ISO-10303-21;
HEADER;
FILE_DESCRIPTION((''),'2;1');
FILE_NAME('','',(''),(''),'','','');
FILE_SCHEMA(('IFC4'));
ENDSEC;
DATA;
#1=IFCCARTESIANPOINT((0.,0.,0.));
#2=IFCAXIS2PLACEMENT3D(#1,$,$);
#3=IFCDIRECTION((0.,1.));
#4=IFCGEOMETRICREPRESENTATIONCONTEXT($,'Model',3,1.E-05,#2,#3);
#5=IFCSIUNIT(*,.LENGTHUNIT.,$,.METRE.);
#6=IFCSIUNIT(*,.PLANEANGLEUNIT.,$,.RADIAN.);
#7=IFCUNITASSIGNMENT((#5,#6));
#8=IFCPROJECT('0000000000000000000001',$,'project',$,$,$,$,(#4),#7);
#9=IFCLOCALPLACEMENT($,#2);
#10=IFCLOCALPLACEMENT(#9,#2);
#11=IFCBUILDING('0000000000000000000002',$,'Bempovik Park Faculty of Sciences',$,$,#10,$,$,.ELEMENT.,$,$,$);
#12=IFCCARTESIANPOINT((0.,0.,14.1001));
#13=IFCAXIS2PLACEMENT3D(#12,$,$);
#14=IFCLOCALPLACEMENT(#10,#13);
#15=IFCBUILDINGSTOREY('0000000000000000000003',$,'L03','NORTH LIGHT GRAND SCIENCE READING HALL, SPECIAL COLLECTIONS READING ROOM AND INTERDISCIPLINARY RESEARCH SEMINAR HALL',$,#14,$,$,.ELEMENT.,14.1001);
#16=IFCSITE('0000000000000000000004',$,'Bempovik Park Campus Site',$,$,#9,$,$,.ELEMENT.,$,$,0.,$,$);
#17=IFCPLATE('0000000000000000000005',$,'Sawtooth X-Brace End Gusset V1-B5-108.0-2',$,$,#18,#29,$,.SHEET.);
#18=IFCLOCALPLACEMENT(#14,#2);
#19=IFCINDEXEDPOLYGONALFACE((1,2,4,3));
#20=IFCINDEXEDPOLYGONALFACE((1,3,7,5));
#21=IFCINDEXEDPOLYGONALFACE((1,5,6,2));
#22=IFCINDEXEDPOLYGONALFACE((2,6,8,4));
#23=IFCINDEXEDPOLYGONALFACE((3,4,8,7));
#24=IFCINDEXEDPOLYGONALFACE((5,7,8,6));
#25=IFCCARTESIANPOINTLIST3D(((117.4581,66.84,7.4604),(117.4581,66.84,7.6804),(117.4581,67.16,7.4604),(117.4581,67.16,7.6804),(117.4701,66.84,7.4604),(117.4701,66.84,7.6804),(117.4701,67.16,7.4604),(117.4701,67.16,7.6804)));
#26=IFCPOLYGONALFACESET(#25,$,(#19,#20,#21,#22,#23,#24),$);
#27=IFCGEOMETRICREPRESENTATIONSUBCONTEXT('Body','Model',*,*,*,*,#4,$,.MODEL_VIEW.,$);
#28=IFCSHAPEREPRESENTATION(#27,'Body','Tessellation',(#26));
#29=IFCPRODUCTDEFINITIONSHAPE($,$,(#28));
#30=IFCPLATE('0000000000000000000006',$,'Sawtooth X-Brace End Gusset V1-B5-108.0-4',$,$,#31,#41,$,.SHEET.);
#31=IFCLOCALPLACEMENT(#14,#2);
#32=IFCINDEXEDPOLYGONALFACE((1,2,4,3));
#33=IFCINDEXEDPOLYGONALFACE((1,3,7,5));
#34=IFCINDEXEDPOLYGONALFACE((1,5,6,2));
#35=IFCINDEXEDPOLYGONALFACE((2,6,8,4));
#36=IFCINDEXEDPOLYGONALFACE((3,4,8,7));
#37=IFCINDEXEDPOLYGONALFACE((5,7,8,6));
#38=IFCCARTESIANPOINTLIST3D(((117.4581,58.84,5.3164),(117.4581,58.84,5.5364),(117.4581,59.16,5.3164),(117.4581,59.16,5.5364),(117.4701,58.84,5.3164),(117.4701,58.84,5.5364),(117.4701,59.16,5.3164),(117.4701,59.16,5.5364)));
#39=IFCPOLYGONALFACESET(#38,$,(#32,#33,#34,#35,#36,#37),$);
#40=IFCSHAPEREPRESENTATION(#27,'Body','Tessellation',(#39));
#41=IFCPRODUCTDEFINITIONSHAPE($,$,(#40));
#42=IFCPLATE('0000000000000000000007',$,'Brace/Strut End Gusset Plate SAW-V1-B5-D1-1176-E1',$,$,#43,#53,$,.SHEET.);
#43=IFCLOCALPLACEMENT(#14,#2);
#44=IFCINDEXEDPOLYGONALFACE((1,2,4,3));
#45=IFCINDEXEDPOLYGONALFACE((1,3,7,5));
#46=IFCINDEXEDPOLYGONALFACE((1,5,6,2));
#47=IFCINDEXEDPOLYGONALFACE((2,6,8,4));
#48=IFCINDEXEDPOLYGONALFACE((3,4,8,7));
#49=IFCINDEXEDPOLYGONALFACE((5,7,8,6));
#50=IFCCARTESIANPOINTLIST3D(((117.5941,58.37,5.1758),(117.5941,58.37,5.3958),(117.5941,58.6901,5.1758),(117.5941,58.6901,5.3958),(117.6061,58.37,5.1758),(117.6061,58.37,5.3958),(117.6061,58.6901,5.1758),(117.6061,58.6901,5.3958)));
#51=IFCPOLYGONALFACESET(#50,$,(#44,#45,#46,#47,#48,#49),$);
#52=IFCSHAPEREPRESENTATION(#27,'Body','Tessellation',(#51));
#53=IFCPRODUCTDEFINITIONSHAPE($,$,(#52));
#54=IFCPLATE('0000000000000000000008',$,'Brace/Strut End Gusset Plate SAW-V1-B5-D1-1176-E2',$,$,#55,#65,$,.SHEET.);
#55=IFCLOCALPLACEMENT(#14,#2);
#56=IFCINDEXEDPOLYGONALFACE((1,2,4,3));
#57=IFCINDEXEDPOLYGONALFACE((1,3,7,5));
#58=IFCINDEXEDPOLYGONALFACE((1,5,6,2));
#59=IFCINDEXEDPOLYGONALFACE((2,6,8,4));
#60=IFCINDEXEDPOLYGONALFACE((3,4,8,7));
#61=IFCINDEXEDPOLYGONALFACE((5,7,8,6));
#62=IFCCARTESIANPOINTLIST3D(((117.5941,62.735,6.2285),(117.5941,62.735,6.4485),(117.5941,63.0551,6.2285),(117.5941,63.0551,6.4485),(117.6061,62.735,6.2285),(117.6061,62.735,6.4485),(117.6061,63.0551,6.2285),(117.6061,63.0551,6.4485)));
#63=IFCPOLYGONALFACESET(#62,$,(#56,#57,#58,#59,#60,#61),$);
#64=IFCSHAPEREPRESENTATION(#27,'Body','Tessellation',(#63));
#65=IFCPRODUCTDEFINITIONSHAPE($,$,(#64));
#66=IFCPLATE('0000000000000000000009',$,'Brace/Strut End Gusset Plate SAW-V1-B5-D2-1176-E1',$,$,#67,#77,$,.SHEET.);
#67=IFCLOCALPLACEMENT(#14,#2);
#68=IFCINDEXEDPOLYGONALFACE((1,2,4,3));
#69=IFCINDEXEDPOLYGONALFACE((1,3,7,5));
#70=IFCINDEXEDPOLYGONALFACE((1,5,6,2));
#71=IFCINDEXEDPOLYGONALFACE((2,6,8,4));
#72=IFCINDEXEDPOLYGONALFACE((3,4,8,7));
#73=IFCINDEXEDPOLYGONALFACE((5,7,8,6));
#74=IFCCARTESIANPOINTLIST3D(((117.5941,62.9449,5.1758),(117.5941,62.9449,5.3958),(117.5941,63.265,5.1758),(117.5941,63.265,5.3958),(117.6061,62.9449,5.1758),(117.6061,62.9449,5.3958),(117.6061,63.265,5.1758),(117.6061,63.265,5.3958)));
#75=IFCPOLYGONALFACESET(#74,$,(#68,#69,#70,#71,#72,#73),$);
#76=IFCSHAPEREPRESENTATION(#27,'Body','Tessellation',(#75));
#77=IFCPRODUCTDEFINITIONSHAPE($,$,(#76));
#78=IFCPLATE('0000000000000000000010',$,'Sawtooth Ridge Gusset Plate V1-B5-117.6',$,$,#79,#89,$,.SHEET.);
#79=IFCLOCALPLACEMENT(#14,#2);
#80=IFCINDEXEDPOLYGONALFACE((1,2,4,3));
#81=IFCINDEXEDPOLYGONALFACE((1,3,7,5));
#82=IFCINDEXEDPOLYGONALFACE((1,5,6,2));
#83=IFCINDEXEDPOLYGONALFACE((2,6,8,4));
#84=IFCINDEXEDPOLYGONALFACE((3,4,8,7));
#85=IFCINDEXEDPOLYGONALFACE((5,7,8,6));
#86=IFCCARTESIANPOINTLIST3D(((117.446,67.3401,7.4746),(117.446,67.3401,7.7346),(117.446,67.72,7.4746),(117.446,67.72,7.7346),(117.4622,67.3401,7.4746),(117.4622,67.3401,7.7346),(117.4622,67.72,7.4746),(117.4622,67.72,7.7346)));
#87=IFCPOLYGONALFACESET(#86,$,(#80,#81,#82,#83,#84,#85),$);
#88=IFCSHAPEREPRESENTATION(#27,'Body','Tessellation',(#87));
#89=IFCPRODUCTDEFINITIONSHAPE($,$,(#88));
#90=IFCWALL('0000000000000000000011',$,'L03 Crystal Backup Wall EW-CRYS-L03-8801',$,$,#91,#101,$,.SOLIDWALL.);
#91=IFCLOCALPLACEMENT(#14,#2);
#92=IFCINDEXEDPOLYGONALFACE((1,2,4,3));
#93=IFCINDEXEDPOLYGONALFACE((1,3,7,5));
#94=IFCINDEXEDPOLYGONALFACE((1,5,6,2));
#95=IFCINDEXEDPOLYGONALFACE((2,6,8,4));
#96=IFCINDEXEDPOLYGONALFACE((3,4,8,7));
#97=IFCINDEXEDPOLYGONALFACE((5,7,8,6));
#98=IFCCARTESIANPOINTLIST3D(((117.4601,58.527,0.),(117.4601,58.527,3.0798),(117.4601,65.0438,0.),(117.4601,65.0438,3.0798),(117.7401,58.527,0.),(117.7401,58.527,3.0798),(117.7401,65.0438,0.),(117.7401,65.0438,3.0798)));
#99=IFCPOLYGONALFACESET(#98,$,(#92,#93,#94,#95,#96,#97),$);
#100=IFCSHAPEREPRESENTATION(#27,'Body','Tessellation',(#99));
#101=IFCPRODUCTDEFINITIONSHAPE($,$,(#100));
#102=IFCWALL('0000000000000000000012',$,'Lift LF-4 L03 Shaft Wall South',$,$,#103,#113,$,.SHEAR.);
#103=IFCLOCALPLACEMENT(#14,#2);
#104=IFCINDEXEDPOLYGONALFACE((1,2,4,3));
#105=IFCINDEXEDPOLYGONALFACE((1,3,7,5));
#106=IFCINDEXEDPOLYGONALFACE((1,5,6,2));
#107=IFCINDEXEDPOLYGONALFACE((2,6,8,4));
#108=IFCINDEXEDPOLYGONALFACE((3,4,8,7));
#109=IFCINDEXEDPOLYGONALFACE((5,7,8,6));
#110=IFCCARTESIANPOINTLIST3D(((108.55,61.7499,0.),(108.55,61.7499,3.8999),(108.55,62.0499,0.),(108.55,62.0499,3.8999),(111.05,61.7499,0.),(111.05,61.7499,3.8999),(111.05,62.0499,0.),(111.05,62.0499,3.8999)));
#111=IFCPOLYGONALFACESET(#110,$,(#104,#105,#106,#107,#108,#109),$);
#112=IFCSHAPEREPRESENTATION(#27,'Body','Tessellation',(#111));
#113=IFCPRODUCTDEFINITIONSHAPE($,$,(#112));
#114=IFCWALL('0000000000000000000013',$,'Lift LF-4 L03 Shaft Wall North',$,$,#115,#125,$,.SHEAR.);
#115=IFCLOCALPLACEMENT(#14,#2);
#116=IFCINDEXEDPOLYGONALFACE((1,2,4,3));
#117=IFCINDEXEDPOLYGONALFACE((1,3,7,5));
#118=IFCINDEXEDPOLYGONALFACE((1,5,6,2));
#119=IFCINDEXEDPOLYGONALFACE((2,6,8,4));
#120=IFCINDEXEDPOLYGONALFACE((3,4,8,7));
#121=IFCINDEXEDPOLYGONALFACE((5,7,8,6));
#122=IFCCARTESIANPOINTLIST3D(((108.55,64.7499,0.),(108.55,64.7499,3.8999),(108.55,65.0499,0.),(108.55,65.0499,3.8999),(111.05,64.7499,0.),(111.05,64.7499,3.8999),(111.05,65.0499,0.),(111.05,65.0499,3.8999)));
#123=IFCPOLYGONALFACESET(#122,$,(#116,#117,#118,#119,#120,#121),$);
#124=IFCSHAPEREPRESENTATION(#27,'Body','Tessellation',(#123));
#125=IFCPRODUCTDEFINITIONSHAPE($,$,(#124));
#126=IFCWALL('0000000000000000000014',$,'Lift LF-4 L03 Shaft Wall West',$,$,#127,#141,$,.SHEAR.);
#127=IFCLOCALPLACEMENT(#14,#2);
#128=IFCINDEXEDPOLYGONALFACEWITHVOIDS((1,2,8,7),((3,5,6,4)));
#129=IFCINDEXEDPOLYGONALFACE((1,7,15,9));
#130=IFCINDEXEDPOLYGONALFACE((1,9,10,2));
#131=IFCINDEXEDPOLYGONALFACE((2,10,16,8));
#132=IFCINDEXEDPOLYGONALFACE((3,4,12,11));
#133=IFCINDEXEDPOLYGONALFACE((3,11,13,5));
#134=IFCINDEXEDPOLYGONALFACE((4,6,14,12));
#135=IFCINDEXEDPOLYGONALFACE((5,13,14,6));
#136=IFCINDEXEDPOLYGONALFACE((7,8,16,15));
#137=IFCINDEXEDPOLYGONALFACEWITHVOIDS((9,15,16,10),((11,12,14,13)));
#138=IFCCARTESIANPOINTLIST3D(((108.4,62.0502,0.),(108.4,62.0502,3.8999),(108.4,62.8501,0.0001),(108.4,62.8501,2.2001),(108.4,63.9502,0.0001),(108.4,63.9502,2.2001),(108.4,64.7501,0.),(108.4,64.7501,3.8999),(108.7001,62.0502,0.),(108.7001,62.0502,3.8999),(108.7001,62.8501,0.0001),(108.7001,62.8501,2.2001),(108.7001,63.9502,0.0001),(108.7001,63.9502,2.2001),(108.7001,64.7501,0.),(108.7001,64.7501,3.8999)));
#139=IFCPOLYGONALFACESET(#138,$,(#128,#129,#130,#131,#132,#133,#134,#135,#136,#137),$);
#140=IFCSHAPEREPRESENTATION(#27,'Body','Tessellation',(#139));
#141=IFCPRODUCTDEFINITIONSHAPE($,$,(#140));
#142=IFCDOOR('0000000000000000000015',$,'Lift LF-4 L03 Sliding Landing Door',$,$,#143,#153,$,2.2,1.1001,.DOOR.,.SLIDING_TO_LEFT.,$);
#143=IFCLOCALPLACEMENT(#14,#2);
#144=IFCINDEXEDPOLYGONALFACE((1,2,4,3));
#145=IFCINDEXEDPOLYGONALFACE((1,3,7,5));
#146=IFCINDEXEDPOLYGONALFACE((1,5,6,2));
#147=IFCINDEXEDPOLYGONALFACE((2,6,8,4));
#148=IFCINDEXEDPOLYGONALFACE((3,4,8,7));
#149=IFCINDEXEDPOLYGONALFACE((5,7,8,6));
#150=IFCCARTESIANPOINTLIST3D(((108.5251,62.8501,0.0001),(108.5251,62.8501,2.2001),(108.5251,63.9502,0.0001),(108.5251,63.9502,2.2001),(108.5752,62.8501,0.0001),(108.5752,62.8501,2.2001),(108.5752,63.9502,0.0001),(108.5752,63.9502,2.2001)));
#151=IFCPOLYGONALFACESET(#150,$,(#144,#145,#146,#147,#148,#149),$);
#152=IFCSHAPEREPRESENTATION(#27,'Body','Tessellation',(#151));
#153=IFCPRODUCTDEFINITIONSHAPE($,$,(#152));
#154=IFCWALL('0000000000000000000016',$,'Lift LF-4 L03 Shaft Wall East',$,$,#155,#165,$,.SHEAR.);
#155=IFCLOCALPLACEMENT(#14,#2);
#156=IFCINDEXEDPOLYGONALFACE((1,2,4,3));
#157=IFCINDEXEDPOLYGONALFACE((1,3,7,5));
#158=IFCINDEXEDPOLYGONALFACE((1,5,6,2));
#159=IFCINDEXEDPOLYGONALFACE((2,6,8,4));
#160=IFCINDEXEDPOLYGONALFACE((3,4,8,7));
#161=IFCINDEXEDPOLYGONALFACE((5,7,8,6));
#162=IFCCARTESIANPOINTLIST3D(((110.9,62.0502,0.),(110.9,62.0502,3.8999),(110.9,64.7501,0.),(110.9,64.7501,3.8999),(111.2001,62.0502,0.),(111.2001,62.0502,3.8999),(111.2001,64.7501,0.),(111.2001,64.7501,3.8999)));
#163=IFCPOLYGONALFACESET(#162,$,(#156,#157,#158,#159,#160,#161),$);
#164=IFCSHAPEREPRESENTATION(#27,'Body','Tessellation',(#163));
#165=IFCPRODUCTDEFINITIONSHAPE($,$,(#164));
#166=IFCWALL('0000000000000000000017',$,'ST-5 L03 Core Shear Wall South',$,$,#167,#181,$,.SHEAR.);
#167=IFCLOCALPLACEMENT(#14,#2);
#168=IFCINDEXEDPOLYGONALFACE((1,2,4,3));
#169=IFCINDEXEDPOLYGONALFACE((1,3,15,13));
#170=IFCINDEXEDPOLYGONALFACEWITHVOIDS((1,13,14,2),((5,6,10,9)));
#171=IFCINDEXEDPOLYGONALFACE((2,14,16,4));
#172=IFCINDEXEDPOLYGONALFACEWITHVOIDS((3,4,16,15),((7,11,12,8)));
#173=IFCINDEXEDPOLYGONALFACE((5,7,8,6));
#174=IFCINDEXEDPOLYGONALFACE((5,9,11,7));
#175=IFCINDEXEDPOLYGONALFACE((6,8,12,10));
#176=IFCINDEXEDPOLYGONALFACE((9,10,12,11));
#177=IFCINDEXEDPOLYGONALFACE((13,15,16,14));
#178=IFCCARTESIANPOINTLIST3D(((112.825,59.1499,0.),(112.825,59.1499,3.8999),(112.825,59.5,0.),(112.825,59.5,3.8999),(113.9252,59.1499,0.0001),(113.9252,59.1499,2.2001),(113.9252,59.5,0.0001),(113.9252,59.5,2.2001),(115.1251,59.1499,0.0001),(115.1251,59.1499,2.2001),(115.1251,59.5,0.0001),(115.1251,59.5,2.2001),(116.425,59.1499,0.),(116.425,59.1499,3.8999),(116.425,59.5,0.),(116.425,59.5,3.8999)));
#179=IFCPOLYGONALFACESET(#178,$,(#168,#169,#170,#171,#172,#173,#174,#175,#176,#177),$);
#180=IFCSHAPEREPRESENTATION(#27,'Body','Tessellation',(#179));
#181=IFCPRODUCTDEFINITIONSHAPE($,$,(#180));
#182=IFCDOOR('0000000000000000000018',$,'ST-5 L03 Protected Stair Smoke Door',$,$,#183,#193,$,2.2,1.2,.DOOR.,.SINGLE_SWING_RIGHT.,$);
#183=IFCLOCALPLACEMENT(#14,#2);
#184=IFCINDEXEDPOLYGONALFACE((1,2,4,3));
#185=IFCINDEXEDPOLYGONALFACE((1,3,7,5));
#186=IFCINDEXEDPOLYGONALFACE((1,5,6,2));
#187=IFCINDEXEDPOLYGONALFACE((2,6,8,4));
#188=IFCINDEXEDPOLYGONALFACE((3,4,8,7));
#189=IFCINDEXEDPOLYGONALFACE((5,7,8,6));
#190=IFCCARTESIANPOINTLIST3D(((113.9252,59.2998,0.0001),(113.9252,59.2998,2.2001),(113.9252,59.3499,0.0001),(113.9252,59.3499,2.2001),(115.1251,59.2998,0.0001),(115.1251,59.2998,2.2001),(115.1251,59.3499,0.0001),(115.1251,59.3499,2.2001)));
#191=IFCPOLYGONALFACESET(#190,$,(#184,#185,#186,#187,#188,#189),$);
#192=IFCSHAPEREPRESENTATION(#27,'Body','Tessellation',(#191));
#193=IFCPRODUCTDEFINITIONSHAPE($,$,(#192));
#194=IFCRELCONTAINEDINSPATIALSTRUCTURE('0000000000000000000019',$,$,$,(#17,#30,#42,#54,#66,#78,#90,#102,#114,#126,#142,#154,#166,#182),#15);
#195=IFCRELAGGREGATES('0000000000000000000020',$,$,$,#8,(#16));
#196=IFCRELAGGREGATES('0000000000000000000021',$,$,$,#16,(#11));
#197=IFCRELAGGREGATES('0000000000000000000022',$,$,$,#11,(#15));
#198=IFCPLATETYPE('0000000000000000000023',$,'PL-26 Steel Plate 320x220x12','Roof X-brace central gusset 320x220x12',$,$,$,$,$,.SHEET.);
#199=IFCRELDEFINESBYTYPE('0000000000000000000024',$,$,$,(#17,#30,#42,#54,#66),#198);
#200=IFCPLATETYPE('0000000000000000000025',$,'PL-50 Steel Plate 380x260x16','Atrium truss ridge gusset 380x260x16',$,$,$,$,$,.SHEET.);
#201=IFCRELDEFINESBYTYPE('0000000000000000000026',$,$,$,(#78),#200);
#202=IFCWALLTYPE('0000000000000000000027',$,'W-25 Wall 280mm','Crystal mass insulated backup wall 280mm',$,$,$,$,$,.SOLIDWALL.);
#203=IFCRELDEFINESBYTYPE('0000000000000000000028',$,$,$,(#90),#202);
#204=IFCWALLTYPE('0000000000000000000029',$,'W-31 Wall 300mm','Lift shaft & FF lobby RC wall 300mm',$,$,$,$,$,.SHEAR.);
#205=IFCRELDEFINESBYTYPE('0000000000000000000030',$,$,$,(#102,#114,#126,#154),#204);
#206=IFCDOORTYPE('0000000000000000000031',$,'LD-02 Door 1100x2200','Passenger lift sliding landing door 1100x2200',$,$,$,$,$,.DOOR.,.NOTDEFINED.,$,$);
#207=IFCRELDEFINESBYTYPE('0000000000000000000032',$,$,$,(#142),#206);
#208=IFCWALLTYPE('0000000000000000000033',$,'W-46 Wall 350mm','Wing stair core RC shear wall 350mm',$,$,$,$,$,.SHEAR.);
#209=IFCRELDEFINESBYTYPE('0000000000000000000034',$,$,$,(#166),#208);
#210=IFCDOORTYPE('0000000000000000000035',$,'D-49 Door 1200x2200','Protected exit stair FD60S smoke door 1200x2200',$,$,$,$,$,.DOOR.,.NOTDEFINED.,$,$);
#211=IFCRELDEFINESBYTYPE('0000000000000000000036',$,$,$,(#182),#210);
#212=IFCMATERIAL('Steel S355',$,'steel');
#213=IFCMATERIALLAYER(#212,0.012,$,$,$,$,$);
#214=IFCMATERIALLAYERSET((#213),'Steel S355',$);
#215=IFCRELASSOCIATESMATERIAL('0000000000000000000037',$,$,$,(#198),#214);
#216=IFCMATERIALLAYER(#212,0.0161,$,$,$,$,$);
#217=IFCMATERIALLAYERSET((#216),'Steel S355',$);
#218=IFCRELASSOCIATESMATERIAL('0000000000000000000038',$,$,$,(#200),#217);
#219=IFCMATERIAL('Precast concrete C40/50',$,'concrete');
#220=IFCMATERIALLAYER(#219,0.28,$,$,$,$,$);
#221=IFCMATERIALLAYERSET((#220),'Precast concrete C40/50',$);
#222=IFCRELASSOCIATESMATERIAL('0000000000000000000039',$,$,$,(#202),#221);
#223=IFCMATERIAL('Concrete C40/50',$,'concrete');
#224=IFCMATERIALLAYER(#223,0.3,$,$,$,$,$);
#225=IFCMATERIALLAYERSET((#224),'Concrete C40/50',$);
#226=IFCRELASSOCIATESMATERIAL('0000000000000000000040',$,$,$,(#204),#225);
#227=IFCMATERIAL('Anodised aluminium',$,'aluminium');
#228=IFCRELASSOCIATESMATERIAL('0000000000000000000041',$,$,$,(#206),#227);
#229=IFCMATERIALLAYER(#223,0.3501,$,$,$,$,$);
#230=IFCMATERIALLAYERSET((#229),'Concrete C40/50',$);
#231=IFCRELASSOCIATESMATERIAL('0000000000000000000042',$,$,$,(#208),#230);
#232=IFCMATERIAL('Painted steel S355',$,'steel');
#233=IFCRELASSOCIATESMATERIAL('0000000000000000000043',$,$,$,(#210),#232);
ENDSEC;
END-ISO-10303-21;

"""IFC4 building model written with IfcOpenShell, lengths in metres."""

from ifc_helpers import new_model, si_unit, direction, frame, frame_2d, origin, origin_2d, place, context, subcontext, project, spatial, rectangle, extrude, material, layer, layer_set, type_object, element, fill, save


model = new_model("IFC4")

# Units and contexts
model_context = context("Model", 3, precision=1e-05, world=origin(), true_north=direction((0.0, 1.0)))
body_context = subcontext(model_context, "Body", "Model", "MODEL_VIEW")
ifc_project = project(units=[si_unit("LENGTHUNIT", "METRE"), si_unit("PLANEANGLEUNIT", "RADIAN")], contexts=[model_context])

# Site, building, storey
site_placement = place(None, origin())
site = spatial("IfcSite", under=ifc_project, at=site_placement, Name="Bempovik Park Campus Site", CompositionType="ELEMENT", RefElevation=0.0)
building_placement = place(site_placement, origin())
building = spatial("IfcBuilding", under=site, at=building_placement, Name="Bempovik Park Faculty of Sciences", CompositionType="ELEMENT")
storey_placement = place(building_placement, frame((0.0, 0.0, 14.1001)))
storey = spatial("IfcBuildingStorey", under=building, at=storey_placement, Name="L03", Description="NORTH LIGHT GRAND SCIENCE READING HALL, SPECIAL COLLECTIONS READING ROOM AND INTERDISCIPLINARY RESEARCH SEMINAR HALL", CompositionType="ELEMENT", Elevation=14.1001)

# Shared definitions
ifc_material_1 = material(Name="Steel S355", Category="steel")
ifc_material_2 = material(Name="Concrete C40/50", Category="concrete")

# Plates
ifc_layer_1 = layer(ifc_material_1, 0.012)
ifc_layer_set_1 = layer_set([ifc_layer_1], Name="Steel S355")
plate_type_1 = type_object("IfcPlateType", Name="PL-26 Steel Plate 320x220x12", Description="Roof X-brace central gusset 320x220x12", PredefinedType="SHEET", material=ifc_layer_set_1)
for number, where, z_axis, x_axis, name in (
    (1, (117.4641, 67.0, 7.4604), (0.0, 0.0, 1.0), (1.0, 0.0, 0.0), "Sawtooth X-Brace End Gusset V1-B5-108.0-2"),
    (2, (117.4641, 59.0, 5.3164), (0.0, 0.0, 1.0), (1.0, 0.0, 0.0), "Sawtooth X-Brace End Gusset V1-B5-108.0-4"),
    (3, (117.6001, 58.53, 5.1758), (0.0, 0.0, 1.0), (1.0, 0.0, 0.0), "Brace/Strut End Gusset Plate SAW-V1-B5-D1-1176-E1"),
    (4, (117.6001, 62.895, 6.2285), (0.0, 0.0, 1.0), (1.0, 0.0, 0.0), "Brace/Strut End Gusset Plate SAW-V1-B5-D1-1176-E2"),
    (5, (117.6001, 63.105, 5.1758), (0.0, 0.0, 1.0), (1.0, 0.0, 0.0), "Brace/Strut End Gusset Plate SAW-V1-B5-D2-1176-E1"),
):
    element("IfcPlate", number, at=place(storey_placement, frame(where, z_axis=z_axis, x_axis=x_axis)), inside=storey, type_object=plate_type_1, Name=name, PredefinedType="SHEET", context=body_context, shape_type="SweptSolid", body=[
        extrude(rectangle(XDim=0.012, YDim=0.3201, at=origin_2d()), origin(), (0.0, 0.0, 1.0), 0.22),
    ])
ifc_layer_2 = layer(ifc_material_1, 0.0161)
ifc_layer_set_2 = layer_set([ifc_layer_2], Name="Steel S355")
plate_type_2 = type_object("IfcPlateType", Name="PL-50 Steel Plate 380x260x16", Description="Atrium truss ridge gusset 380x260x16", PredefinedType="SHEET", material=ifc_layer_set_2)
plate_1_placement = place(storey_placement, frame((117.4541, 67.53, 7.4746), z_axis=(0.0, 0.0, 1.0), x_axis=(1.0, 0.0, 0.0)))
element("IfcPlate", 6, at=plate_1_placement, inside=storey, type_object=plate_type_2, Name="Sawtooth Ridge Gusset Plate V1-B5-117.6", PredefinedType="SHEET", context=body_context, shape_type="SweptSolid", body=[
    extrude(rectangle(XDim=0.0161, YDim=0.3799, at=origin_2d()), origin(), (0.0, 0.0, 1.0), 0.26),
])

# Walls
ifc_material_3 = material(Name="Precast concrete C40/50", Category="concrete")
ifc_layer_3 = layer(ifc_material_3, 0.28)
ifc_layer_set_3 = layer_set([ifc_layer_3], Name="Precast concrete C40/50")
wall_type_1 = type_object("IfcWallType", Name="W-25 Wall 280mm", Description="Crystal mass insulated backup wall 280mm", PredefinedType="SOLIDWALL", material=ifc_layer_set_3)
wall_1_placement = place(storey_placement, frame((117.6001, 58.5271, 0.0), z_axis=(0.0, 0.0, 1.0), x_axis=(0.0, 1.0, 0.0)))
element("IfcWall", 7, at=wall_1_placement, inside=storey, type_object=wall_type_1, Name="L03 Crystal Backup Wall EW-CRYS-L03-8801", PredefinedType="SOLIDWALL", context=body_context, shape_type="SweptSolid", body=[
    extrude(rectangle(XDim=6.5168, YDim=0.28, at=frame_2d((3.2583, 0.0))), origin(), (0.0, 0.0, 1.0), 3.0798),
])
ifc_layer_4 = layer(ifc_material_2, 0.3)
ifc_layer_set_4 = layer_set([ifc_layer_4], Name="Concrete C40/50")
wall_type_2 = type_object("IfcWallType", Name="W-31 Wall 300mm", Description="Lift shaft & FF lobby RC wall 300mm", PredefinedType="SHEAR", material=ifc_layer_set_4)
for number, where, z_axis, x_axis, name in (
    (8, (108.55, 61.8999, 0.0), (0.0, 0.0, 1.0), (1.0, 0.0, 0.0), "Lift LF-4 L03 Shaft Wall South"),
    (9, (108.55, 64.8999, 0.0), (0.0, 0.0, 1.0), (1.0, 0.0, 0.0), "Lift LF-4 L03 Shaft Wall North"),
):
    element("IfcWall", number, at=place(storey_placement, frame(where, z_axis=z_axis, x_axis=x_axis)), inside=storey, type_object=wall_type_2, Name=name, PredefinedType="SHEAR", context=body_context, shape_type="SweptSolid", body=[
        extrude(rectangle(XDim=2.5, YDim=0.3, at=frame_2d((1.25, 0.0))), origin(), (0.0, 0.0, 1.0), 3.8999),
    ])

# Wall, opening, door
wall_2_placement = place(storey_placement, frame((108.55, 62.05, 0.0), z_axis=(0.0, 0.0, 1.0), x_axis=(0.0, 1.0, 0.0)))
wall_2 = element("IfcWall", 10, at=wall_2_placement, inside=storey, type_object=wall_type_2, Name="Lift LF-4 L03 Shaft Wall West", PredefinedType="SHEAR", context=body_context, shape_type="SweptSolid", body=[
    extrude(rectangle(XDim=2.7, YDim=0.3, at=frame_2d((1.3501, 0.0))), origin(), (0.0, 0.0, 1.0), 3.8999),
])
opening_1_placement = place(wall_2_placement, frame((0.8, 0.0, 0.0)))
opening_1 = element("IfcOpeningElement", 11, at=opening_1_placement, cuts=wall_2, PredefinedType="OPENING", context=body_context, shape_type="SweptSolid", body=[
    extrude(rectangle(XDim=1.1001, YDim=2.2, at=frame_2d((0.55, 1.1001))), frame((0.0, 0.1602, 0.0), z_axis=(0.0, -1.0, 0.0), x_axis=(1.0, 0.0, 0.0)), (0.0, 0.0, 1.0), 0.3201),
])
ifc_material_4 = material(Name="Anodised aluminium", Category="aluminium")
door_type_1 = type_object("IfcDoorType", Name="LD-02 Door 1100x2200", Description="Passenger lift sliding landing door 1100x2200", OperationType="NOTDEFINED", PredefinedType="DOOR", material=ifc_material_4)
door_1_placement = place(opening_1_placement, origin())
door_1 = element("IfcDoor", 12, at=door_1_placement, inside=storey, type_object=door_type_1, Name="Lift LF-4 L03 Sliding Landing Door", OperationType="SLIDING_TO_LEFT", OverallHeight=2.2, OverallWidth=1.1001, PredefinedType="DOOR", context=body_context, shape_type="SweptSolid", body=[
    extrude(rectangle(XDim=1.1001, YDim=2.2, at=frame_2d((0.55, 1.1001))), frame((0.0, 0.0249, 0.0), z_axis=(0.0, -1.0, 0.0), x_axis=(1.0, 0.0, 0.0)), (0.0, 0.0, 1.0), 0.05),
])
fill(opening_1, door_1)

# Wall
wall_3_placement = place(storey_placement, frame((111.05, 62.05, 0.0), z_axis=(0.0, 0.0, 1.0), x_axis=(0.0, 1.0, 0.0)))
element("IfcWall", 13, at=wall_3_placement, inside=storey, type_object=wall_type_2, Name="Lift LF-4 L03 Shaft Wall East", PredefinedType="SHEAR", context=body_context, shape_type="SweptSolid", body=[
    extrude(rectangle(XDim=2.7, YDim=0.3, at=frame_2d((1.3501, 0.0))), origin(), (0.0, 0.0, 1.0), 3.8999),
])

# Wall, opening, door
ifc_layer_5 = layer(ifc_material_2, 0.3501)
ifc_layer_set_5 = layer_set([ifc_layer_5], Name="Concrete C40/50")
wall_type_3 = type_object("IfcWallType", Name="W-46 Wall 350mm", Description="Wing stair core RC shear wall 350mm", PredefinedType="SHEAR", material=ifc_layer_set_5)
wall_4_placement = place(storey_placement, frame((112.825, 59.325, 0.0), z_axis=(0.0, 0.0, 1.0), x_axis=(1.0, 0.0, 0.0)))
wall_4 = element("IfcWall", 14, at=wall_4_placement, inside=storey, type_object=wall_type_3, Name="ST-5 L03 Core Shear Wall South", PredefinedType="SHEAR", context=body_context, shape_type="SweptSolid", body=[
    extrude(rectangle(XDim=3.6001, YDim=0.3501, at=frame_2d((1.8, 0.0))), origin(), (0.0, 0.0, 1.0), 3.8999),
])
opening_2_placement = place(wall_4_placement, frame((1.1001, 0.0, 0.0)))
opening_2 = element("IfcOpeningElement", 15, at=opening_2_placement, cuts=wall_4, PredefinedType="OPENING", context=body_context, shape_type="SweptSolid", body=[
    extrude(rectangle(XDim=1.2, YDim=2.2, at=frame_2d((0.6001, 1.1001))), frame((0.0, 0.1851, 0.0), z_axis=(0.0, -1.0, 0.0), x_axis=(1.0, 0.0, 0.0)), (0.0, 0.0, 1.0), 0.3701),
])
ifc_material_5 = material(Name="Painted steel S355", Category="steel")
door_type_2 = type_object("IfcDoorType", Name="D-49 Door 1200x2200", Description="Protected exit stair FD60S smoke door 1200x2200", OperationType="NOTDEFINED", PredefinedType="DOOR", material=ifc_material_5)
door_2_placement = place(opening_2_placement, origin())
door_2 = element("IfcDoor", 16, at=door_2_placement, inside=storey, type_object=door_type_2, Name="ST-5 L03 Protected Stair Smoke Door", OperationType="SINGLE_SWING_RIGHT", OverallHeight=2.2, OverallWidth=1.2, PredefinedType="DOOR", context=body_context, shape_type="SweptSolid", body=[
    extrude(rectangle(XDim=1.2, YDim=2.2, at=frame_2d((0.6001, 1.1001))), frame((0.0, 0.0249, 0.0), z_axis=(0.0, -1.0, 0.0), x_axis=(1.0, 0.0, 0.0)), (0.0, 0.0, 1.0), 0.05),
])
fill(opening_2, door_2)

save(model, "model.ifc")
